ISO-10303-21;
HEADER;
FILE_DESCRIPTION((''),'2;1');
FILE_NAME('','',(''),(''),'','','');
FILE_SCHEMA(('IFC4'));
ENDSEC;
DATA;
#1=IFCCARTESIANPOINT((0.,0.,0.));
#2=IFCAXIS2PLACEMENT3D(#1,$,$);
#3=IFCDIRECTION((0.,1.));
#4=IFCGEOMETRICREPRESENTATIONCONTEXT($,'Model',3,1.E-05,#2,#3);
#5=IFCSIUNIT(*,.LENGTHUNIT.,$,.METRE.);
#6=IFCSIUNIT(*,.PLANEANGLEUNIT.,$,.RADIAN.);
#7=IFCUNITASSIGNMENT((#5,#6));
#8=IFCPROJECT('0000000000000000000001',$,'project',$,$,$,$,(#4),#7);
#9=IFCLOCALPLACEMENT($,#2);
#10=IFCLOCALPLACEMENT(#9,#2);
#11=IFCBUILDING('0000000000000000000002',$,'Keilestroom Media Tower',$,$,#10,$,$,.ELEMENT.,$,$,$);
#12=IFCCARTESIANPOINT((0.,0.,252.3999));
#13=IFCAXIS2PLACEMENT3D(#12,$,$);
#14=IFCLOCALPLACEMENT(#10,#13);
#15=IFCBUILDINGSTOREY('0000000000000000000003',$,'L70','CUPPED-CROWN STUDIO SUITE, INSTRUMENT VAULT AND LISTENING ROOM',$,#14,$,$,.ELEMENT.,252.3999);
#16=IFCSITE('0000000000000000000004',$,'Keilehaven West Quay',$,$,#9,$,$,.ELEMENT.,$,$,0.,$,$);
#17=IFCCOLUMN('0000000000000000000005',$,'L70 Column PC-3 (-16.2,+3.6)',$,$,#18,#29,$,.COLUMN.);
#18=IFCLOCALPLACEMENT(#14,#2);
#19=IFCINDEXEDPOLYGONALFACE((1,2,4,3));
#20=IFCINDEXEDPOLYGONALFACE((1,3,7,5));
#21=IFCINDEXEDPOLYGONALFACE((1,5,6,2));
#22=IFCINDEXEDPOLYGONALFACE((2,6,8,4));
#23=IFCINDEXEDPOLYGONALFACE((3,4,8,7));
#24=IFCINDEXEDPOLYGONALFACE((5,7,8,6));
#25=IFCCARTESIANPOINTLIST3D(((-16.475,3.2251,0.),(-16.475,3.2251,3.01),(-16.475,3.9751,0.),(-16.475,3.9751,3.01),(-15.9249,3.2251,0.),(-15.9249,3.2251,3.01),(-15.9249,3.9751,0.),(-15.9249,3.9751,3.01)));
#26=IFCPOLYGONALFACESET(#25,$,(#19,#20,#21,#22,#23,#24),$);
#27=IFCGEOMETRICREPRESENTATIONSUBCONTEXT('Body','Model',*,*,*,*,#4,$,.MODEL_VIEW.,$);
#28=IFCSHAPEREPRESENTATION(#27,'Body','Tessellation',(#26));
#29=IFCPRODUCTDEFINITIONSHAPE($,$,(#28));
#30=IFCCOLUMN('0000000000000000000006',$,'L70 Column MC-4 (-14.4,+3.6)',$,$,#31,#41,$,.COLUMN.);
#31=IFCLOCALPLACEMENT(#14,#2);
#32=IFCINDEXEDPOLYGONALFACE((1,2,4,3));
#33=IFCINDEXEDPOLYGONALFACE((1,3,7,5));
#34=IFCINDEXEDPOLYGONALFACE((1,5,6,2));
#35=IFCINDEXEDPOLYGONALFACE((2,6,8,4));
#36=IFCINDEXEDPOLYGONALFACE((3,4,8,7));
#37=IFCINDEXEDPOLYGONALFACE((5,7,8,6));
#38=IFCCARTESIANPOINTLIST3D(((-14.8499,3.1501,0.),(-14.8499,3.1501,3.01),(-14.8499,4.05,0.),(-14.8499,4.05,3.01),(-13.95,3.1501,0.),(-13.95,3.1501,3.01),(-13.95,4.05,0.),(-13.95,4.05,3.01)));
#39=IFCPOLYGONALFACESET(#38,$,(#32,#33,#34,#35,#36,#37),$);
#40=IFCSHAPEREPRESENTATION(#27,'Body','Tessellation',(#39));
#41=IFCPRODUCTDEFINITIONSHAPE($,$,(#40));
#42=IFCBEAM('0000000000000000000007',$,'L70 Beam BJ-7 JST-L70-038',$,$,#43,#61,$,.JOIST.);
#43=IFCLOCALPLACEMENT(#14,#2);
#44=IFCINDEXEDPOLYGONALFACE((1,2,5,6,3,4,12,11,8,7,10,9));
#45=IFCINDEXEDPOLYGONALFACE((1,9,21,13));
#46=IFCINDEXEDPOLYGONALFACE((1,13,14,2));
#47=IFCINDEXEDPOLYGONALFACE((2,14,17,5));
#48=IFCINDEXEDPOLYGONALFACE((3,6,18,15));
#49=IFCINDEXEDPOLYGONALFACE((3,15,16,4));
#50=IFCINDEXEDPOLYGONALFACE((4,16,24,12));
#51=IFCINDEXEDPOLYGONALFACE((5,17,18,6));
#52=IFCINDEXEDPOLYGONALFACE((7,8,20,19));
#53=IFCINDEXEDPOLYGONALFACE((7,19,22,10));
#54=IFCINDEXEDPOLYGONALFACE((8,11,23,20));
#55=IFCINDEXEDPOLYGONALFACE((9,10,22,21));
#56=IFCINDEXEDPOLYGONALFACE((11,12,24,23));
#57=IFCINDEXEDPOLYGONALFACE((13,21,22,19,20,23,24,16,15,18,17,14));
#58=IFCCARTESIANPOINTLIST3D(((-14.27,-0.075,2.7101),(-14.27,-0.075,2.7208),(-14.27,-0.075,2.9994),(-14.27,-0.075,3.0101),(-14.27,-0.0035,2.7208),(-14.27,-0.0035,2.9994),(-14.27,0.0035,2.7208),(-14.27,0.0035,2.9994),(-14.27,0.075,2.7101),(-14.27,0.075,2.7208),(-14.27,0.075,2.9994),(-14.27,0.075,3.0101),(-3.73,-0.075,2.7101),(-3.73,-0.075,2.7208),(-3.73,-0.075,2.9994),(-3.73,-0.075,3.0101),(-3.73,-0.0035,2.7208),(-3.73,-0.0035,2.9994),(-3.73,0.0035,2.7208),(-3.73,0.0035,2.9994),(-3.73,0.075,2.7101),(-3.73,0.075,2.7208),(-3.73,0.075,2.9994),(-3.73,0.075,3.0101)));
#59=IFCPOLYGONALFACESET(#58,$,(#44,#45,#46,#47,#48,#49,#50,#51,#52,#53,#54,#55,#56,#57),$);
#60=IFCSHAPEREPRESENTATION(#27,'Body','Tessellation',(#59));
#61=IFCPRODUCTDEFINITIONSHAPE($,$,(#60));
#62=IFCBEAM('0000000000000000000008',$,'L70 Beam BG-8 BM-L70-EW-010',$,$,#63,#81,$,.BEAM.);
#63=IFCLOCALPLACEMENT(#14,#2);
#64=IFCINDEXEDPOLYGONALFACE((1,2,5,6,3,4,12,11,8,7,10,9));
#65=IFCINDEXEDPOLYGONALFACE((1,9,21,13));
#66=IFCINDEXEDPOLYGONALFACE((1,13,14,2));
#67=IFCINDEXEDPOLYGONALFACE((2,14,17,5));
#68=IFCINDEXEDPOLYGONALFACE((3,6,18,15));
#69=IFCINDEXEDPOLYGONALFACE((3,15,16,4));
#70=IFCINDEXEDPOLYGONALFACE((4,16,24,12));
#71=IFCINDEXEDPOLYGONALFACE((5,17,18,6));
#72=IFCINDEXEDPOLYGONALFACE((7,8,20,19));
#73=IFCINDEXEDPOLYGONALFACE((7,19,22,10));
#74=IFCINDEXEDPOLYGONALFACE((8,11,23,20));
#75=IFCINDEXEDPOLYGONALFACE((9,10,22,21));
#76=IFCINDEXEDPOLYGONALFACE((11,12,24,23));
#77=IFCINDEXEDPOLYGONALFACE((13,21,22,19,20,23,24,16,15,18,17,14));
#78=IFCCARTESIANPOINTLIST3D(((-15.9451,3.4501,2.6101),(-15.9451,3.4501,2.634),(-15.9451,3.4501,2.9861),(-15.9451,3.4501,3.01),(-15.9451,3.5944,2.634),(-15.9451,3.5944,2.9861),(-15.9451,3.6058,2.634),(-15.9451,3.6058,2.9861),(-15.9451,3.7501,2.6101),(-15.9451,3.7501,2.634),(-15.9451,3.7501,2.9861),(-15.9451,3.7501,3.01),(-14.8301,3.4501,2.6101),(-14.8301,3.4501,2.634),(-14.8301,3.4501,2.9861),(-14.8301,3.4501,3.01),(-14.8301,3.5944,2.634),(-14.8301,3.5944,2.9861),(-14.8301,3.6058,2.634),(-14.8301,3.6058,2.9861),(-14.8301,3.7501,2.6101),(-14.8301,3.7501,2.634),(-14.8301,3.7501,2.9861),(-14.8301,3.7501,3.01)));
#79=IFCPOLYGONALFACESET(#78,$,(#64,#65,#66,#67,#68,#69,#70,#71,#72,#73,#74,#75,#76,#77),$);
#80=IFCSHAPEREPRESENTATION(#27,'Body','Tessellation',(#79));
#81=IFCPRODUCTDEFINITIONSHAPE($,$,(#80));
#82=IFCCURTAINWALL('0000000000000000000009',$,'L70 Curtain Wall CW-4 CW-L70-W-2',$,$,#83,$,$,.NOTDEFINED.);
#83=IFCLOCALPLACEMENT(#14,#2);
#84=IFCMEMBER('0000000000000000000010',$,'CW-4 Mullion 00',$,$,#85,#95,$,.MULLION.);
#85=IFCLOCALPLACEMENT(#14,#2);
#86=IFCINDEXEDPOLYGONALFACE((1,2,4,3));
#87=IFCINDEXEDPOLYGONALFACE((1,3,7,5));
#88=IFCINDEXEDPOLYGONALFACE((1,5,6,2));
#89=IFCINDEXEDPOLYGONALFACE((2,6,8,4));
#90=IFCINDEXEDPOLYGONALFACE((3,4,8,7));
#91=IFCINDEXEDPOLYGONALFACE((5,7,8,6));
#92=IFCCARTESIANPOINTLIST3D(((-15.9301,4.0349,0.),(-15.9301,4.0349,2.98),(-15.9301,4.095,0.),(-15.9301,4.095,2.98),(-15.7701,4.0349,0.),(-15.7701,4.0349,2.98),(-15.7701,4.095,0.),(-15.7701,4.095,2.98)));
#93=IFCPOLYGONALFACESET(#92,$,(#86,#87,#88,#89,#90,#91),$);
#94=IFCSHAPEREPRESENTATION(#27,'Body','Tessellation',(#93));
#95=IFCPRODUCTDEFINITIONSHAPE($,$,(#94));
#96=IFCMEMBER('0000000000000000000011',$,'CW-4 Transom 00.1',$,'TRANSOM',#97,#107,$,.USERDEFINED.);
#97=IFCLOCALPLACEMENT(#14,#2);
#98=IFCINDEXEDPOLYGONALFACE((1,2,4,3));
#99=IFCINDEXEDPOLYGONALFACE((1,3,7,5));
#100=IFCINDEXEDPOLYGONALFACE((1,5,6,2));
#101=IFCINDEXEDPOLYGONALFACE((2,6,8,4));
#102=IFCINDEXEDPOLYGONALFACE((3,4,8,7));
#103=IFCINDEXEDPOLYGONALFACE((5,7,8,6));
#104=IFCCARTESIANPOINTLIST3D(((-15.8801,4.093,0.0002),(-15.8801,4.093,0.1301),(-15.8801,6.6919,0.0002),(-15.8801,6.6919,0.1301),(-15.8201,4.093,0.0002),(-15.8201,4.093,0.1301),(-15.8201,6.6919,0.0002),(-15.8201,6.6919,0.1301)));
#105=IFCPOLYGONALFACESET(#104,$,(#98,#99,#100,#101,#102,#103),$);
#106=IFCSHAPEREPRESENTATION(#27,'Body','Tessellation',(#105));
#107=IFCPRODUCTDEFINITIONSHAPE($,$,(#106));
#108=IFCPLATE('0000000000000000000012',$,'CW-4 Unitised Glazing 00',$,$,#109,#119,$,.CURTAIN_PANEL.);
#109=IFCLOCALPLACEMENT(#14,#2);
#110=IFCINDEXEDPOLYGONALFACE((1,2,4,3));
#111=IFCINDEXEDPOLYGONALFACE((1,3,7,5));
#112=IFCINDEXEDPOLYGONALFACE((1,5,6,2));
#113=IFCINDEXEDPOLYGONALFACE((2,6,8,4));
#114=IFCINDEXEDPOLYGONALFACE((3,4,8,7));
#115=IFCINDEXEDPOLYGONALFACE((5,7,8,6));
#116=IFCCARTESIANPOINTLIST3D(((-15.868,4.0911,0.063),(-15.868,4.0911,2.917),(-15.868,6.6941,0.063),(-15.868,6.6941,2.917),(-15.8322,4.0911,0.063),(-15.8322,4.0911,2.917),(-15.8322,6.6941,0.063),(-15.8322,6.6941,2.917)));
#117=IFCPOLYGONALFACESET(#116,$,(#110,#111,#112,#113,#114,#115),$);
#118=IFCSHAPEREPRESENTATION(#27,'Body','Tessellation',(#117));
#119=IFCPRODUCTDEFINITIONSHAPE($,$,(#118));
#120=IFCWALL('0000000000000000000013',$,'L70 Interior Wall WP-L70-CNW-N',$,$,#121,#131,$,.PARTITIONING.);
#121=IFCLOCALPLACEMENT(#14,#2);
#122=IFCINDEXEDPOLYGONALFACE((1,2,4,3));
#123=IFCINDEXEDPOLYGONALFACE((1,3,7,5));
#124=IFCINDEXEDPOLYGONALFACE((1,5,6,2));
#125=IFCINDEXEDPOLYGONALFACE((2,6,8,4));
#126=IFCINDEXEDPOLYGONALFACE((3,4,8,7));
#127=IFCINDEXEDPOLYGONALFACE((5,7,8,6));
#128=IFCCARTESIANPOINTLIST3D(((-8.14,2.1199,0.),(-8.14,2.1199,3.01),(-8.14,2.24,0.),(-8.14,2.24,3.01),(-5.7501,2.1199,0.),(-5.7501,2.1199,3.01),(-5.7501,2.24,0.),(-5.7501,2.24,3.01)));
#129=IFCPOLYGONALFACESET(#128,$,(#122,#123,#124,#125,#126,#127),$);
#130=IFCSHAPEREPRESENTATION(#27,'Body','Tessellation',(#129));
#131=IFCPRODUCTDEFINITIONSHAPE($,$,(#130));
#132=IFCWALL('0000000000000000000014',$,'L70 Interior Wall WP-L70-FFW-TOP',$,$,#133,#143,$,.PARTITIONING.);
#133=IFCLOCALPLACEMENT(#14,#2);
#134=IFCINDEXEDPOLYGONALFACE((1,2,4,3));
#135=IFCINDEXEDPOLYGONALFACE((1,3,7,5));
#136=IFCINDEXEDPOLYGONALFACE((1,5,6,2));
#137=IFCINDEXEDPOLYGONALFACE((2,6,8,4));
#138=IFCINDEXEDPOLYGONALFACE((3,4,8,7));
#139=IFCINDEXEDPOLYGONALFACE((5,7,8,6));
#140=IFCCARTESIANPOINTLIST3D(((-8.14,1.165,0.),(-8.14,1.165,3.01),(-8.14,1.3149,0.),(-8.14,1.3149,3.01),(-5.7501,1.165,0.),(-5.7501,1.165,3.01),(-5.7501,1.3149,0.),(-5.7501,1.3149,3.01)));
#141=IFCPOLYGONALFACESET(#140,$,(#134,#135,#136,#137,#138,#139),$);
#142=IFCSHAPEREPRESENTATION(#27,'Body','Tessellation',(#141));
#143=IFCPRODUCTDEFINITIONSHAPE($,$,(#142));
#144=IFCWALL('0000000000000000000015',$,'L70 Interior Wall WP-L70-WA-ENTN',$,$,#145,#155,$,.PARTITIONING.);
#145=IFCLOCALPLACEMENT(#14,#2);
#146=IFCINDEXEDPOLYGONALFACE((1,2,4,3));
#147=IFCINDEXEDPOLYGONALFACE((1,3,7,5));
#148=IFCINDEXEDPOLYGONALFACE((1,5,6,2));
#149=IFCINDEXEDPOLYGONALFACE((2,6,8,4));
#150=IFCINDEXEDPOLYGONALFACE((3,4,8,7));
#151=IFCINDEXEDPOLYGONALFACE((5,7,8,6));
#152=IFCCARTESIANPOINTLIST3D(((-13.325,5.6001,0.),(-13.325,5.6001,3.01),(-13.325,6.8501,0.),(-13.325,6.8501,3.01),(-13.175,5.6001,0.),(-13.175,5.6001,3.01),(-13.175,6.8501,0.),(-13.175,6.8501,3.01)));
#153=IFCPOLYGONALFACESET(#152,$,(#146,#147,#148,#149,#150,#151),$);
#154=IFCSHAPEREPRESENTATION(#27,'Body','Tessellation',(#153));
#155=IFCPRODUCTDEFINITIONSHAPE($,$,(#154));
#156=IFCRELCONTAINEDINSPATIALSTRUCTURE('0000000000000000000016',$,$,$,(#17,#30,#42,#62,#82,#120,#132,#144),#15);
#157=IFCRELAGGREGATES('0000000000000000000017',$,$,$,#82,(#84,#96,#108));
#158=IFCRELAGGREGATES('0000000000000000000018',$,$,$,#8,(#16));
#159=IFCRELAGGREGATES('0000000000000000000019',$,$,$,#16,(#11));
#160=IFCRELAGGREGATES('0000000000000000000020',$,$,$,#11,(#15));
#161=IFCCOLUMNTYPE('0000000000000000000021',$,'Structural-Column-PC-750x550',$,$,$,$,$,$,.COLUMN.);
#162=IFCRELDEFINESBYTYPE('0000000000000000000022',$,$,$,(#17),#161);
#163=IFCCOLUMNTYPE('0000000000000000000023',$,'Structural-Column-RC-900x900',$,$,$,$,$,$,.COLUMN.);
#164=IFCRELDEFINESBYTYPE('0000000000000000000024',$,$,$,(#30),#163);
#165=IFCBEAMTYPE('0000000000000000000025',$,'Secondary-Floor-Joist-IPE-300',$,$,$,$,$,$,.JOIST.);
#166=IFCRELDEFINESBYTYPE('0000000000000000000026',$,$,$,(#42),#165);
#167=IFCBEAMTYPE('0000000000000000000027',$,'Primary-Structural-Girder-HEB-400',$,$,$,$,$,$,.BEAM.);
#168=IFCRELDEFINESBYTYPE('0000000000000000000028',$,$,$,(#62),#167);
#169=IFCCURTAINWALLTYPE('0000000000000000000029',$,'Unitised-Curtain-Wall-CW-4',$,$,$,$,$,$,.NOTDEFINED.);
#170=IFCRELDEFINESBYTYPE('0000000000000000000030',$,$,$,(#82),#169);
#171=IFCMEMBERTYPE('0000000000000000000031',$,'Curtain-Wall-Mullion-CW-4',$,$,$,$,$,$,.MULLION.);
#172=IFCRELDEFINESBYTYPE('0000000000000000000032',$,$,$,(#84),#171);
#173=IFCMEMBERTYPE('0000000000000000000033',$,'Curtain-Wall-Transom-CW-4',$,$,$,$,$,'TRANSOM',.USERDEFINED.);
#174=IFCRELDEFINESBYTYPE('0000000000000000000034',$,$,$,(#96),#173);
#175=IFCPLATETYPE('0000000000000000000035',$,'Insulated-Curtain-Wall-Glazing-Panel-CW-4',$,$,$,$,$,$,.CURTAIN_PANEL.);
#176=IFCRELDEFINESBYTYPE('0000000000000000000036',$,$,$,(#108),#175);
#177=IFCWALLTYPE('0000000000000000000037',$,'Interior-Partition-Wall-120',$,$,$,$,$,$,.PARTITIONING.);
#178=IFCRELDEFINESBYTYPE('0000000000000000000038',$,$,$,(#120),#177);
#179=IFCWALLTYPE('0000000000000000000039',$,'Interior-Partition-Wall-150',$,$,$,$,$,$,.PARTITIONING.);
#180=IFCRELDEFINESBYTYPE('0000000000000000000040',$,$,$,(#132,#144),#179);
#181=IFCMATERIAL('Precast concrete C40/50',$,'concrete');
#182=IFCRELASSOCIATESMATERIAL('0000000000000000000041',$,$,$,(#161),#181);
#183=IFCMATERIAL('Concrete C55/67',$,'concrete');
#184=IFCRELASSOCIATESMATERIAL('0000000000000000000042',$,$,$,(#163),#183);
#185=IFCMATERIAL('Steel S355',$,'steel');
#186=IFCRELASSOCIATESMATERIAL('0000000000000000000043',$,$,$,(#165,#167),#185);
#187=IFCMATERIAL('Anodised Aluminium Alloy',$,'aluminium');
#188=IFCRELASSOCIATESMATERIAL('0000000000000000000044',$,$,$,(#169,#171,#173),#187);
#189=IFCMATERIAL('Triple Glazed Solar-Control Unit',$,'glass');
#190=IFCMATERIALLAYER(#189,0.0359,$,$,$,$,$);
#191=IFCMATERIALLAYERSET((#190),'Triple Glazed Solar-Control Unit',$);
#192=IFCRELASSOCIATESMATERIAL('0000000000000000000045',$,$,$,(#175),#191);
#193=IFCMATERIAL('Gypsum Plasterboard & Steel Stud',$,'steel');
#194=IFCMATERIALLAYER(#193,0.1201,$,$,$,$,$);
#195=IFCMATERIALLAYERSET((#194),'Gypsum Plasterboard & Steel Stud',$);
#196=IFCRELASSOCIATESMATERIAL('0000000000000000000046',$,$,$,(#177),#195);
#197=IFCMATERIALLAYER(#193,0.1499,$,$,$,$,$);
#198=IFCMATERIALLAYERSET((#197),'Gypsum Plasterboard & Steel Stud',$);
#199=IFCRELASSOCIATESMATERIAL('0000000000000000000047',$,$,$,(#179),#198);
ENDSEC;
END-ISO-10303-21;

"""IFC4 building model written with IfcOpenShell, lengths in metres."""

from ifc_helpers import new_model, si_unit, direction, frame, frame_2d, origin, origin_2d, place, context, subcontext, project, spatial, rectangle, i_section, extrude, source, transform, mapped, material, layer, layer_set, material_profile, profile_set, type_object, element, aggregate, save


model = new_model("IFC4")

# Units and contexts
model_context = context("Model", 3, precision=1e-05, world=origin(), true_north=direction((0.0, 1.0)))
body_context = subcontext(model_context, "Body", "Model", "MODEL_VIEW")
ifc_project = project(units=[si_unit("LENGTHUNIT", "METRE"), si_unit("PLANEANGLEUNIT", "RADIAN")], contexts=[model_context])

# Site, building, storey
site_placement = place(None, origin())
site = spatial("IfcSite", under=ifc_project, at=site_placement, Name="Keilehaven West Quay", CompositionType="ELEMENT", RefElevation=0.0)
building_placement = place(site_placement, origin())
building = spatial("IfcBuilding", under=site, at=building_placement, Name="Keilestroom Media Tower", CompositionType="ELEMENT")
storey_placement = place(building_placement, frame((0.0, 0.0, 252.3999)))
storey = spatial("IfcBuildingStorey", under=building, at=storey_placement, Name="L70", Description="CUPPED-CROWN STUDIO SUITE, INSTRUMENT VAULT AND LISTENING ROOM", CompositionType="ELEMENT", Elevation=252.3999)

# Columns
ifc_material_1 = material(Name="Precast concrete C40/50", Category="concrete")
ifc_material_profile_1 = material_profile(ifc_material_1, rectangle(XDim=0.55, YDim=0.75, at=origin_2d()), Name="PC 750x550")
ifc_profile_set_1 = profile_set([ifc_material_profile_1], Name="Precast concrete C40/50")
column_type_1 = type_object("IfcColumnType", Name="Structural-Column-PC-750x550", PredefinedType="COLUMN", material=ifc_profile_set_1)
shared_shape_1 = source(origin(), body_context, "Body", "SweptSolid", [
    extrude(rectangle(XDim=0.55, YDim=0.75, at=origin_2d()), origin(), (0.0, 0.0, 1.0), 3.01),
])
column_1_placement = place(storey_placement, frame((-16.2, 3.6001, 0.0), z_axis=(0.0, 0.0, 1.0), x_axis=(1.0, 0.0, 0.0)))
element("IfcColumn", 1, at=column_1_placement, inside=storey, type_object=column_type_1, Name="L70 Column PC-3 (-16.2,+3.6)", PredefinedType="COLUMN", context=body_context, shape_type="MappedRepresentation", body=[
    mapped(shared_shape_1, transform((0.0, 0.0, 0.0), x_axis=(1.0, 0.0, 0.0), y_axis=(0.0, 1.0, 0.0), z_axis=(0.0, 0.0, 1.0), scale=1.0)),
])
ifc_material_2 = material(Name="Concrete C55/67", Category="concrete")
ifc_material_profile_2 = material_profile(ifc_material_2, rectangle(XDim=0.8999, YDim=0.8999, at=origin_2d()), Name="RC 900x900")
ifc_profile_set_2 = profile_set([ifc_material_profile_2], Name="Concrete C55/67")
column_type_2 = type_object("IfcColumnType", Name="Structural-Column-RC-900x900", PredefinedType="COLUMN", material=ifc_profile_set_2)
shared_shape_2 = source(origin(), body_context, "Body", "SweptSolid", [
    extrude(rectangle(XDim=0.8999, YDim=0.8999, at=origin_2d()), origin(), (0.0, 0.0, 1.0), 3.01),
])
column_2_placement = place(storey_placement, frame((-14.3999, 3.6001, 0.0), z_axis=(0.0, 0.0, 1.0), x_axis=(1.0, 0.0, 0.0)))
element("IfcColumn", 2, at=column_2_placement, inside=storey, type_object=column_type_2, Name="L70 Column MC-4 (-14.4,+3.6)", PredefinedType="COLUMN", context=body_context, shape_type="MappedRepresentation", body=[
    mapped(shared_shape_2, transform((0.0, 0.0, 0.0), x_axis=(1.0, 0.0, 0.0), y_axis=(0.0, 1.0, 0.0), z_axis=(0.0, 0.0, 1.0), scale=1.0)),
])

# Beams
ifc_material_3 = material(Name="Steel S355", Category="steel")
ifc_material_profile_3 = material_profile(ifc_material_3, i_section(OverallWidth=0.1499, OverallDepth=0.3, WebThickness=0.0071, FlangeThickness=0.0107, at=origin_2d()), Name="IPE 300")
ifc_profile_set_3 = profile_set([ifc_material_profile_3], Name="Steel S355")
beam_type_1 = type_object("IfcBeamType", Name="Secondary-Floor-Joist-IPE-300", PredefinedType="JOIST", material=ifc_profile_set_3)
shared_shape_3 = source(origin(), body_context, "Body", "SweptSolid", [
    extrude(i_section(OverallWidth=0.1499, OverallDepth=0.3, WebThickness=0.0071, FlangeThickness=0.0107, at=origin_2d()), origin(), (0.0, 0.0, 1.0), 10.54),
])
beam_1_placement = place(storey_placement, frame((-14.27, 0.0, 2.8601), z_axis=(1.0, 0.0, 0.0), x_axis=(0.0, 1.0, 0.0)))
element("IfcBeam", 3, at=beam_1_placement, inside=storey, type_object=beam_type_1, Name="L70 Beam BJ-7 JST-L70-038", PredefinedType="JOIST", context=body_context, shape_type="MappedRepresentation", body=[
    mapped(shared_shape_3, transform((0.0, 0.0, 0.0), x_axis=(1.0, 0.0, 0.0), y_axis=(0.0, 1.0, 0.0), z_axis=(0.0, 0.0, 1.0), scale=1.0)),
])
ifc_material_profile_4 = material_profile(ifc_material_3, i_section(OverallWidth=0.3, OverallDepth=0.3999, WebThickness=0.0115, FlangeThickness=0.0239, at=origin_2d()), Name="HEB 400")
ifc_profile_set_4 = profile_set([ifc_material_profile_4], Name="Steel S355")
beam_type_2 = type_object("IfcBeamType", Name="Primary-Structural-Girder-HEB-400", PredefinedType="BEAM", material=ifc_profile_set_4)
shared_shape_4 = source(origin(), body_context, "Body", "SweptSolid", [
    extrude(i_section(OverallWidth=0.3, OverallDepth=0.3999, WebThickness=0.0115, FlangeThickness=0.0239, at=origin_2d()), origin(), (0.0, 0.0, 1.0), 1.115),
])
beam_2_placement = place(storey_placement, frame((-15.9451, 3.6001, 2.8101), z_axis=(1.0, 0.0, 0.0), x_axis=(0.0, 1.0, 0.0)))
element("IfcBeam", 4, at=beam_2_placement, inside=storey, type_object=beam_type_2, Name="L70 Beam BG-8 BM-L70-EW-010", PredefinedType="BEAM", context=body_context, shape_type="MappedRepresentation", body=[
    mapped(shared_shape_4, transform((0.0, 0.0, 0.0), x_axis=(1.0, 0.0, 0.0), y_axis=(0.0, 1.0, 0.0), z_axis=(0.0, 0.0, 1.0), scale=1.0)),
])

# Curtain wall, members, plate
ifc_material_4 = material(Name="Anodised Aluminium Alloy", Category="aluminium")
curtain_wall_type = type_object("IfcCurtainWallType", Name="Unitised-Curtain-Wall-CW-4", PredefinedType="NOTDEFINED", material=ifc_material_4)
curtain_wall_placement = place(storey_placement, origin())
curtain_wall = element("IfcCurtainWall", 5, at=curtain_wall_placement, inside=storey, type_object=curtain_wall_type, Name="L70 Curtain Wall CW-4 CW-L70-W-2", PredefinedType="NOTDEFINED")
ifc_material_profile_5 = material_profile(ifc_material_4, rectangle(XDim=0.0601, YDim=0.1599, at=origin_2d()), Name="ALU MULLION 60x160")
ifc_profile_set_5 = profile_set([ifc_material_profile_5], Name="Anodised Aluminium Alloy")
member_type_1 = type_object("IfcMemberType", Name="Curtain-Wall-Mullion-CW-4", PredefinedType="MULLION", material=ifc_profile_set_5)
shared_shape_5 = source(origin(), body_context, "Body", "SweptSolid", [
    extrude(rectangle(XDim=0.0601, YDim=0.1599, at=origin_2d()), origin(), (0.0, 0.0, 1.0), 2.98),
])
member_1_placement = place(storey_placement, frame((-15.8501, 4.0649, 0.0), z_axis=(0.0, 0.0, 1.0), x_axis=(0.0, 1.0, 0.0)))
member_1 = element("IfcMember", 6, at=member_1_placement, type_object=member_type_1, Name="CW-4 Mullion 00", PredefinedType="MULLION", context=body_context, shape_type="MappedRepresentation", body=[
    mapped(shared_shape_5, transform((0.0, 0.0, 0.0), x_axis=(1.0, 0.0, 0.0), y_axis=(0.0, 1.0, 0.0), z_axis=(0.0, 0.0, 1.0), scale=1.0)),
])
ifc_material_profile_6 = material_profile(ifc_material_4, rectangle(XDim=0.0601, YDim=0.1299, at=origin_2d()), Name="ALU TRANSOM 60x130")
ifc_profile_set_6 = profile_set([ifc_material_profile_6], Name="Anodised Aluminium Alloy")
member_type_2 = type_object("IfcMemberType", Name="Curtain-Wall-Transom-CW-4", ElementType="TRANSOM", PredefinedType="USERDEFINED", material=ifc_profile_set_6)
shared_shape_6 = source(origin(), body_context, "Body", "SweptSolid", [
    extrude(rectangle(XDim=0.0601, YDim=0.1299, at=origin_2d()), origin(), (0.0, 0.0, 1.0), 2.5989),
])
member_2_placement = place(storey_placement, frame((-15.8501, 4.093, 0.0652), z_axis=(0.0, 1.0, 0.0), x_axis=(-1.0, 0.0, 0.0)))
member_2 = element("IfcMember", 7, at=member_2_placement, type_object=member_type_2, Name="CW-4 Transom 00.1", ObjectType="TRANSOM", PredefinedType="USERDEFINED", context=body_context, shape_type="MappedRepresentation", body=[
    mapped(shared_shape_6, transform((0.0, 0.0, 0.0), x_axis=(1.0, 0.0, 0.0), y_axis=(0.0, 1.0, 0.0), z_axis=(0.0, 0.0, 1.0), scale=1.0)),
])
ifc_material_5 = material(Name="Triple Glazed Solar-Control Unit", Category="glass")
ifc_layer_1 = layer(ifc_material_5, 0.0359)
ifc_layer_set_1 = layer_set([ifc_layer_1], Name="Triple Glazed Solar-Control Unit")
plate_type = type_object("IfcPlateType", Name="Insulated-Curtain-Wall-Glazing-Panel-CW-4", PredefinedType="CURTAIN_PANEL", material=ifc_layer_set_1)
shared_shape_7 = source(origin(), body_context, "Body", "SweptSolid", [
    extrude(rectangle(XDim=2.603, YDim=0.0359, at=origin_2d()), origin(), (0.0, 0.0, 1.0), 2.854),
])
plate_placement = place(storey_placement, frame((-15.8501, 5.3926, 0.063), z_axis=(0.0, 0.0, 1.0), x_axis=(0.0, 1.0, 0.0)))
plate = element("IfcPlate", 8, at=plate_placement, type_object=plate_type, Name="CW-4 Unitised Glazing 00", PredefinedType="CURTAIN_PANEL", context=body_context, shape_type="MappedRepresentation", body=[
    mapped(shared_shape_7, transform((0.0, 0.0, 0.0), x_axis=(1.0, 0.0, 0.0), y_axis=(0.0, 1.0, 0.0), z_axis=(0.0, 0.0, 1.0), scale=1.0)),
])
aggregate(curtain_wall, [member_1, member_2, plate])

# Walls
ifc_material_6 = material(Name="Gypsum Plasterboard & Steel Stud", Category="steel")
ifc_layer_2 = layer(ifc_material_6, 0.1201)
ifc_layer_set_2 = layer_set([ifc_layer_2], Name="Gypsum Plasterboard & Steel Stud")
wall_type_1 = type_object("IfcWallType", Name="Interior-Partition-Wall-120", PredefinedType="PARTITIONING", material=ifc_layer_set_2)
wall_1_placement = place(storey_placement, frame((-8.1399, 2.1799, 0.0), z_axis=(0.0, 0.0, 1.0), x_axis=(1.0, 0.0, 0.0)))
element("IfcWall", 9, at=wall_1_placement, inside=storey, type_object=wall_type_1, Name="L70 Interior Wall WP-L70-CNW-N", PredefinedType="PARTITIONING", context=body_context, shape_type="SweptSolid", body=[
    extrude(rectangle(XDim=2.3899, YDim=0.1201, at=frame_2d((1.1948, 0.0))), origin(), (0.0, 0.0, 1.0), 3.01),
])
ifc_layer_3 = layer(ifc_material_6, 0.1499)
ifc_layer_set_3 = layer_set([ifc_layer_3], Name="Gypsum Plasterboard & Steel Stud")
wall_type_2 = type_object("IfcWallType", Name="Interior-Partition-Wall-150", PredefinedType="PARTITIONING", material=ifc_layer_set_3)
wall_2_placement = place(storey_placement, frame((-8.1399, 1.24, 0.0), z_axis=(0.0, 0.0, 1.0), x_axis=(1.0, 0.0, 0.0)))
element("IfcWall", 10, at=wall_2_placement, inside=storey, type_object=wall_type_2, Name="L70 Interior Wall WP-L70-FFW-TOP", PredefinedType="PARTITIONING", context=body_context, shape_type="SweptSolid", body=[
    extrude(rectangle(XDim=2.3899, YDim=0.1499, at=frame_2d((1.1948, 0.0))), origin(), (0.0, 0.0, 1.0), 3.01),
])
wall_3_placement = place(storey_placement, frame((-13.25, 5.6001, 0.0), z_axis=(0.0, 0.0, 1.0), x_axis=(0.0, 1.0, 0.0)))
element("IfcWall", 11, at=wall_3_placement, inside=storey, type_object=wall_type_2, Name="L70 Interior Wall WP-L70-WA-ENTN", PredefinedType="PARTITIONING", context=body_context, shape_type="SweptSolid", body=[
    extrude(rectangle(XDim=1.25, YDim=0.1499, at=frame_2d((0.625, 0.0))), origin(), (0.0, 0.0, 1.0), 3.01),
])

save(model, "model.ifc")
